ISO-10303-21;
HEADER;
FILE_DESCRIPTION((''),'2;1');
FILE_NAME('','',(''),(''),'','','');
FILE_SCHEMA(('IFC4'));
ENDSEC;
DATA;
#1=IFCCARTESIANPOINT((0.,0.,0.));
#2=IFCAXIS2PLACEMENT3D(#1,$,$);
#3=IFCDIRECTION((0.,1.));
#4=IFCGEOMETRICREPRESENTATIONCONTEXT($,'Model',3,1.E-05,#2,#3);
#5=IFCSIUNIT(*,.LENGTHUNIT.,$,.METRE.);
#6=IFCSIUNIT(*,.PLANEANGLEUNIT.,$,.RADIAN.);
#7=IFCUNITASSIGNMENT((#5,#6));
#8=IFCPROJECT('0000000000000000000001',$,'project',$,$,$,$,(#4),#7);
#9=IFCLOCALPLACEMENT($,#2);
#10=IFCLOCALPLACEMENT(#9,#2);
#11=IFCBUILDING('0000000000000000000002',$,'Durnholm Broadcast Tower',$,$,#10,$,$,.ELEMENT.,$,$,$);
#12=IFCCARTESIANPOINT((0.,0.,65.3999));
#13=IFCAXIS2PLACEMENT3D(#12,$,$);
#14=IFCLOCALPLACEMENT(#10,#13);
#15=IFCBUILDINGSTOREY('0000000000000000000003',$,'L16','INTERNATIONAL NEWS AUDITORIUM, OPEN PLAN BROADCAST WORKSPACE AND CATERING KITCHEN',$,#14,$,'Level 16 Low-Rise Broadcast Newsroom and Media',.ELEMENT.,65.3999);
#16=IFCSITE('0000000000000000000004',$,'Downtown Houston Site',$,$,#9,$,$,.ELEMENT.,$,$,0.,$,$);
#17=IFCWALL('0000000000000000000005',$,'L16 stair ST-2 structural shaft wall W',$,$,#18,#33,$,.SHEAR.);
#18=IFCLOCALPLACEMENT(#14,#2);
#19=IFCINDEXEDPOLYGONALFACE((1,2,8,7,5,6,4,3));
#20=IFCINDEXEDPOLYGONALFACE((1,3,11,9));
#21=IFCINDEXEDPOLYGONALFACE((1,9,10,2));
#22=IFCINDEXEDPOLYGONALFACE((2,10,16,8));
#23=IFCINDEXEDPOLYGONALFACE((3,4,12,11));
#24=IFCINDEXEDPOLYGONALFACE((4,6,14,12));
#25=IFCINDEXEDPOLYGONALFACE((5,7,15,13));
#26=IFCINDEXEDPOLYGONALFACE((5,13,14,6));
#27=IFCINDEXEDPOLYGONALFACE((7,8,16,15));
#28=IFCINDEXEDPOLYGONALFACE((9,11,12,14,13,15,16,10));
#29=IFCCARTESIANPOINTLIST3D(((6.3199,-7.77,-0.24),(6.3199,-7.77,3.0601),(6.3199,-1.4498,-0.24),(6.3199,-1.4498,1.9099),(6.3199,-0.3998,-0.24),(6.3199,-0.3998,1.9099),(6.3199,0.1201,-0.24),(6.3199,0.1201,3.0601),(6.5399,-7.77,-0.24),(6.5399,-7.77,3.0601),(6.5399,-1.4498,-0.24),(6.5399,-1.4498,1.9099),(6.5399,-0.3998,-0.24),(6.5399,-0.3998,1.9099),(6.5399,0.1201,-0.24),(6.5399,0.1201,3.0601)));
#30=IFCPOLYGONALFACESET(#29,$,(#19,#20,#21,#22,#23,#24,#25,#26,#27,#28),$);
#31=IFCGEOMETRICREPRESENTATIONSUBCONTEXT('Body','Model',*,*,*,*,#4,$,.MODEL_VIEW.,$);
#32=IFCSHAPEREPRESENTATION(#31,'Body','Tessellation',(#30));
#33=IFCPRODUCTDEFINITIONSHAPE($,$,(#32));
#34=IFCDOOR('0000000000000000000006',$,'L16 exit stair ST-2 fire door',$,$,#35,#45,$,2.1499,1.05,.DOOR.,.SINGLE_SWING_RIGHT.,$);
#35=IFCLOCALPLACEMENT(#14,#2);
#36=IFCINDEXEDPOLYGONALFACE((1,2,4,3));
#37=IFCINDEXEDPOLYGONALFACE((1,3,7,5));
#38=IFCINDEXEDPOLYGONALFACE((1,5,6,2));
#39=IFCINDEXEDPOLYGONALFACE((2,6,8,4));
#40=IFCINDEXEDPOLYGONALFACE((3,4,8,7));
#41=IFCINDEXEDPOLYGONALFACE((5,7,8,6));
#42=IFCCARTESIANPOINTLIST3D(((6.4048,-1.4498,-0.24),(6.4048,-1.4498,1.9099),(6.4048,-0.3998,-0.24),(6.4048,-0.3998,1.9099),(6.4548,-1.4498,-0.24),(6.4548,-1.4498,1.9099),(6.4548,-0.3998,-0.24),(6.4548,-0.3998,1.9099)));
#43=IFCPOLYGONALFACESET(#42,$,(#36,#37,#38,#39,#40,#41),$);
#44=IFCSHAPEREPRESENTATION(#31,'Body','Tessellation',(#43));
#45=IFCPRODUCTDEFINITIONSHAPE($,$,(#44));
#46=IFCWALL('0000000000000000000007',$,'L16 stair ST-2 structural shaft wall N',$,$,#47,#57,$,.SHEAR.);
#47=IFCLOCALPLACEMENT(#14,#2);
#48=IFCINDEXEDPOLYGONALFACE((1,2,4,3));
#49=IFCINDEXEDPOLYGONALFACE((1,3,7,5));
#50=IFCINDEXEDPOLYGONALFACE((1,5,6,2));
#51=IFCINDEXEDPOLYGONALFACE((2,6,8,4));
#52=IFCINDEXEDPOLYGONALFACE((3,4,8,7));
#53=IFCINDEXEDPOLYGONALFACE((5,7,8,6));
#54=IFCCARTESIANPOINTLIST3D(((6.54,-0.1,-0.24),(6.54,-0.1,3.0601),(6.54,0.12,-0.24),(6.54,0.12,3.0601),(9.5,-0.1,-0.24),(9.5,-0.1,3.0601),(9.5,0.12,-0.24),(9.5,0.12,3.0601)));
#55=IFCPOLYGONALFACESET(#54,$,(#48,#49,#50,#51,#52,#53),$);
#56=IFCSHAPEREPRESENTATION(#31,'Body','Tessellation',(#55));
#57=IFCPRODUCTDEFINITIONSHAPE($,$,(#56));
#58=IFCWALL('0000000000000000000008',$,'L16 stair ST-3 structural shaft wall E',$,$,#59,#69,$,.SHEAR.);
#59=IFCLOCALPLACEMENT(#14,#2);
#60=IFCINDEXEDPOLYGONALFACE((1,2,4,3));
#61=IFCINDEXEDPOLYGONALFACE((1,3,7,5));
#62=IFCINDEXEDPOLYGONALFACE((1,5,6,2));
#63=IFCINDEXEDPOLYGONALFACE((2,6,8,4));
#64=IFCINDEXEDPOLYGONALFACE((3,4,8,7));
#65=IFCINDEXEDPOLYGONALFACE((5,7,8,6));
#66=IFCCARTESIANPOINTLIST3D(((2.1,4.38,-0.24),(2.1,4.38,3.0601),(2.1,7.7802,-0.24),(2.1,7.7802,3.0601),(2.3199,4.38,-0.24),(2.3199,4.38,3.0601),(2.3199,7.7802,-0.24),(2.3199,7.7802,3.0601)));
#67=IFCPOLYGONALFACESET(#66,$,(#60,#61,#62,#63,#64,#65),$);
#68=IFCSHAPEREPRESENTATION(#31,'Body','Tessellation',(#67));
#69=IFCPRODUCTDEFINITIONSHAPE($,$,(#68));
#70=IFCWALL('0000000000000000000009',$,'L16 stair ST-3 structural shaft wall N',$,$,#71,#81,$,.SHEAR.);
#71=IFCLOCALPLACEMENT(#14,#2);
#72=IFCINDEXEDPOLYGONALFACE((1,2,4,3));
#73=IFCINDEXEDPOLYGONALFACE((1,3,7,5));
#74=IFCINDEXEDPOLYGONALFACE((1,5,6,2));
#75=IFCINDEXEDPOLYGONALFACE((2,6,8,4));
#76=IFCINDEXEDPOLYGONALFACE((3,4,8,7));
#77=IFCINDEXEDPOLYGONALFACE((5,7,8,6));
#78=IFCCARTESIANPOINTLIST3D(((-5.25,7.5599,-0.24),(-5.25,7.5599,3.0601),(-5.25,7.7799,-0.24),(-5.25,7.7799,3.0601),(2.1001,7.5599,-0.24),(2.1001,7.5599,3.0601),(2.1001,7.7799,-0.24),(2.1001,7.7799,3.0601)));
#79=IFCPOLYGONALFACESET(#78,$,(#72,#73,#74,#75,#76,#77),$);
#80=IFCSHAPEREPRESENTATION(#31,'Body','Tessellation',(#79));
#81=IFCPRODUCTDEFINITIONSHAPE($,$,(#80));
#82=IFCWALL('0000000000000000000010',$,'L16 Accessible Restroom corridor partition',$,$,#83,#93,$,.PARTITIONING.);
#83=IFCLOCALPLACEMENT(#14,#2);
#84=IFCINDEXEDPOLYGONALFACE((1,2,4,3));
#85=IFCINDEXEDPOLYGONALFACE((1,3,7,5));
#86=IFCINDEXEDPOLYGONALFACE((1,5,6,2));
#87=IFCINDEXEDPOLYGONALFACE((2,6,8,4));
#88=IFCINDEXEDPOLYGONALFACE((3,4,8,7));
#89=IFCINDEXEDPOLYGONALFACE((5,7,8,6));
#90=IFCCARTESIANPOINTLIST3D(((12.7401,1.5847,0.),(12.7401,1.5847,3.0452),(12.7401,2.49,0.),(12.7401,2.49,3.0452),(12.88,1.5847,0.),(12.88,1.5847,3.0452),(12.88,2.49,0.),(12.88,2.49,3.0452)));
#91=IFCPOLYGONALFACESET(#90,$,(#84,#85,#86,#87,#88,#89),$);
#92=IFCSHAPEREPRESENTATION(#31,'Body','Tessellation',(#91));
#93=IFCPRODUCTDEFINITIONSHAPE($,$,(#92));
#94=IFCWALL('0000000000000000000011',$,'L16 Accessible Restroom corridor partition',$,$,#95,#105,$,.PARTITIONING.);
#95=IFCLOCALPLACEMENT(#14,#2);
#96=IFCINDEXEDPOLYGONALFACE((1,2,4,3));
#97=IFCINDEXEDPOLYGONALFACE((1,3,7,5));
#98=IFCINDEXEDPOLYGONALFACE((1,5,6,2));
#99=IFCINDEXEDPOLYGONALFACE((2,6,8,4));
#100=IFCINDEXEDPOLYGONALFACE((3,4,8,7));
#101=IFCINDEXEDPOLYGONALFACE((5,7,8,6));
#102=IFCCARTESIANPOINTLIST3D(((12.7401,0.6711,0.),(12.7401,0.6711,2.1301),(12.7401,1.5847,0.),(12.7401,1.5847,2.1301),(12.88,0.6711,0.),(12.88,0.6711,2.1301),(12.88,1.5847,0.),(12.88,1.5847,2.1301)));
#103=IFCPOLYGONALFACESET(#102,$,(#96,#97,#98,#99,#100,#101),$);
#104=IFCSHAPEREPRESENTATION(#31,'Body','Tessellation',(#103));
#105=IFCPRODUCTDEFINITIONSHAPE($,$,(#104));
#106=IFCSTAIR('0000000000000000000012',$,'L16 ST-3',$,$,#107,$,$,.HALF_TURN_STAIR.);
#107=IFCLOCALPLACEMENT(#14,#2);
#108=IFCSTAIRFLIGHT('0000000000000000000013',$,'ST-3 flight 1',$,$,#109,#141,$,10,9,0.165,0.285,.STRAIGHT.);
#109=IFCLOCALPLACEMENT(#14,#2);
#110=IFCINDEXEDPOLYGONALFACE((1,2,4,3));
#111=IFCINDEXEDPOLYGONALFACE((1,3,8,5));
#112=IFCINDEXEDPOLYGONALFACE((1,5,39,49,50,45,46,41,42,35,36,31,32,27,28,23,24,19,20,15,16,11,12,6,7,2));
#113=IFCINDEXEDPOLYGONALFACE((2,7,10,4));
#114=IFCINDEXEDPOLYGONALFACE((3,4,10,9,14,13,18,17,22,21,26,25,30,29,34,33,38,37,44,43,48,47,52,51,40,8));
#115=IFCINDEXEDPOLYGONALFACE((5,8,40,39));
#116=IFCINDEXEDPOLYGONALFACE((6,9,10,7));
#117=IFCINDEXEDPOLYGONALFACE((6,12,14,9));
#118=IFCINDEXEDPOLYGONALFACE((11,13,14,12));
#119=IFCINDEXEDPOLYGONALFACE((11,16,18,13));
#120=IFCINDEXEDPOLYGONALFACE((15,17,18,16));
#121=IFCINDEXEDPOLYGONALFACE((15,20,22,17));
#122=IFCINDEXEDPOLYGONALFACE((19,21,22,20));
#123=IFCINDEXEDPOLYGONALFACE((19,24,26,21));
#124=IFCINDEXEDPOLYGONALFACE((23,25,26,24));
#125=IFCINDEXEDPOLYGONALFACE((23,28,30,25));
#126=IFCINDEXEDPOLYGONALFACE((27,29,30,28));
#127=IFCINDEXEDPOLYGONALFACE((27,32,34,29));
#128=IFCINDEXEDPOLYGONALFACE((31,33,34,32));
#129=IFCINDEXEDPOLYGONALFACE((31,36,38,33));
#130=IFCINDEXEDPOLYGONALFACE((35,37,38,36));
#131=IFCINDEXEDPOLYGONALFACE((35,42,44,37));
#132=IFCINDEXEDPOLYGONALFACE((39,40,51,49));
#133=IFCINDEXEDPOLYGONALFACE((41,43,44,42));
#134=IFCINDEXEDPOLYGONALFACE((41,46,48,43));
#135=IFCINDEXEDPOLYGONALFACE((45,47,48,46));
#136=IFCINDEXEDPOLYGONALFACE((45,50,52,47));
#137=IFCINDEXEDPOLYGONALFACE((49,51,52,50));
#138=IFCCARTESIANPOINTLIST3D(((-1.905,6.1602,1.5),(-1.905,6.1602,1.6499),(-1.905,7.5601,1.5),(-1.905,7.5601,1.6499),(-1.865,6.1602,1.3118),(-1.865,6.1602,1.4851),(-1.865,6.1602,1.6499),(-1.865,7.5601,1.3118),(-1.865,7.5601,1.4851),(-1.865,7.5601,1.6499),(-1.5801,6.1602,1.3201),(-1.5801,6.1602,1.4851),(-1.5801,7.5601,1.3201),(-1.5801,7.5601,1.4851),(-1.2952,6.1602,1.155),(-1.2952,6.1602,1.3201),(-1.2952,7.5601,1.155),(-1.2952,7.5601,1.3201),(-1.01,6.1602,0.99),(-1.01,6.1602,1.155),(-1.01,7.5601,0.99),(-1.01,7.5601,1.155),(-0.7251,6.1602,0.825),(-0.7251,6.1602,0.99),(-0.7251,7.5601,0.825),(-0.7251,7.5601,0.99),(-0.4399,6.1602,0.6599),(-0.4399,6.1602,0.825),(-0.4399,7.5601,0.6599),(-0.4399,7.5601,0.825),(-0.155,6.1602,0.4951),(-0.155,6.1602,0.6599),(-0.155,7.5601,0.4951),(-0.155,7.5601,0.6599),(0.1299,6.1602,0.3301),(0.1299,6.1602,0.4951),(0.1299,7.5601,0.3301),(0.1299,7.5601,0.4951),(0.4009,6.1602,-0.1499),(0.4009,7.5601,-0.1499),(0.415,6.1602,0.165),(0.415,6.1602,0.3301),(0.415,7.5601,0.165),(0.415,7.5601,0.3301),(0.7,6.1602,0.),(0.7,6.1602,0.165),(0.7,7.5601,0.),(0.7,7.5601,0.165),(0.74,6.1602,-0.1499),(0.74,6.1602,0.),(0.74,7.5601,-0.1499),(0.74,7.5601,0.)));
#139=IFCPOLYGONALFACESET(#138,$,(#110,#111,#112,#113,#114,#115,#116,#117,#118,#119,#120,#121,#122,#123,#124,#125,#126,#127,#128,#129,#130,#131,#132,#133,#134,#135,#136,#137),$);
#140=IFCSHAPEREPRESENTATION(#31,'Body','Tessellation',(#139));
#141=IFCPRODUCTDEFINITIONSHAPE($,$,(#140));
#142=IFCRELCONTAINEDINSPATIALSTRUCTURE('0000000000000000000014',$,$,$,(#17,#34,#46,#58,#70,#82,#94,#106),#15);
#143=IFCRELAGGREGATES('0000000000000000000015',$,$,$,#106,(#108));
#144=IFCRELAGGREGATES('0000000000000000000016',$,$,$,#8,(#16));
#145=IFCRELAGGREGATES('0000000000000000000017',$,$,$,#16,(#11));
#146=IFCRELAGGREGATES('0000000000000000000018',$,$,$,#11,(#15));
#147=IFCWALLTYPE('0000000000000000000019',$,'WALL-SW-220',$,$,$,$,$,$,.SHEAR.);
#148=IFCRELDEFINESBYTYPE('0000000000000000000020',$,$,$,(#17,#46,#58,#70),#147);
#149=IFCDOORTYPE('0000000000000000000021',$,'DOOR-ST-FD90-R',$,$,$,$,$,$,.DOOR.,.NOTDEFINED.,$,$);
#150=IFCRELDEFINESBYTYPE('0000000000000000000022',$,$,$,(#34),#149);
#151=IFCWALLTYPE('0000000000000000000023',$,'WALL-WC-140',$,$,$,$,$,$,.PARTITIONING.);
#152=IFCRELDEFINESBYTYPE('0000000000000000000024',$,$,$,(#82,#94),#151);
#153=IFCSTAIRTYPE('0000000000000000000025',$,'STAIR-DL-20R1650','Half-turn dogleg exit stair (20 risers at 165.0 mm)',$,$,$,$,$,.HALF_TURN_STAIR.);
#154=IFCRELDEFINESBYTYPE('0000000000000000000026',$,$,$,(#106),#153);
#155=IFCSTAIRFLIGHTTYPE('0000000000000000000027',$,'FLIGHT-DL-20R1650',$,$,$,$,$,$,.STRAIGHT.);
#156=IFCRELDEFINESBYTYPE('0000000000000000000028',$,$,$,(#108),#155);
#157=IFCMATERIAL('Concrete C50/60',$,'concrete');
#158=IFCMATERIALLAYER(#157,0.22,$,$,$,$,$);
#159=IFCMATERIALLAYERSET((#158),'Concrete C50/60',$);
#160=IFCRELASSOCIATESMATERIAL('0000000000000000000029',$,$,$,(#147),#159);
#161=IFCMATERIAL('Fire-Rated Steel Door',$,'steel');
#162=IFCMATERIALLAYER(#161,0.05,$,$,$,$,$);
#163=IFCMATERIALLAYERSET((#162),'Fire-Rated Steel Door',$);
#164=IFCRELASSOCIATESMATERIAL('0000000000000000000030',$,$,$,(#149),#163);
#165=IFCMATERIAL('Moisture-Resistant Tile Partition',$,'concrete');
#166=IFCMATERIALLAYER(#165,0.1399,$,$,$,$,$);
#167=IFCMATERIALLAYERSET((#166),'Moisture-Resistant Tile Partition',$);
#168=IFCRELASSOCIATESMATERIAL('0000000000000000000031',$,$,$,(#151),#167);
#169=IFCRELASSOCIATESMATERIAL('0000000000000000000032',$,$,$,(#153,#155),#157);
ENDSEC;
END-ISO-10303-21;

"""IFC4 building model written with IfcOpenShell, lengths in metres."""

from ifc_helpers import new_model, si_unit, direction, frame, frame_2d, origin, place, context, subcontext, project, spatial, polyline, rectangle, outline, extrude, source, transform, mapped, material, layer, layer_set, type_object, type_shapes, element, fill, aggregate, save


model = new_model("IFC4")

# Units and contexts
model_context = context("Model", 3, precision=1e-05, world=origin(), true_north=direction((0.0, 1.0)))
body_context = subcontext(model_context, "Body", "Model", "MODEL_VIEW")
ifc_project = project(units=[si_unit("LENGTHUNIT", "METRE"), si_unit("PLANEANGLEUNIT", "RADIAN")], contexts=[model_context])

# Site, building, storey
site_placement = place(None, origin())
site = spatial("IfcSite", under=ifc_project, at=site_placement, Name="Downtown Houston Site", CompositionType="ELEMENT", RefElevation=0.0)
building_placement = place(site_placement, origin())
building = spatial("IfcBuilding", under=site, at=building_placement, Name="Durnholm Broadcast Tower", CompositionType="ELEMENT")
storey_placement = place(building_placement, frame((0.0, 0.0, 65.3999)))
storey = spatial("IfcBuildingStorey", under=building, at=storey_placement, Name="L16", Description="INTERNATIONAL NEWS AUDITORIUM, OPEN PLAN BROADCAST WORKSPACE AND CATERING KITCHEN", LongName="Level 16 Low-Rise Broadcast Newsroom and Media", CompositionType="ELEMENT", Elevation=65.3999)

# Wall, opening, door
ifc_material_1 = material(Name="Concrete C50/60", Category="concrete")
ifc_layer_1 = layer(ifc_material_1, 0.22)
ifc_layer_set_1 = layer_set([ifc_layer_1], Name="Concrete C50/60")
wall_type_1 = type_object("IfcWallType", Name="WALL-SW-220", PredefinedType="SHEAR", material=ifc_layer_set_1)
wall_1_placement = place(storey_placement, frame((6.4299, 0.1201, -0.24), z_axis=(0.0, 0.0, 1.0), x_axis=(0.0, -1.0, 0.0)))
wall_1 = element("IfcWall", 1, at=wall_1_placement, inside=storey, type_object=wall_type_1, Name="L16 stair ST-2 structural shaft wall W", PredefinedType="SHEAR", context=body_context, shape_type="SweptSolid", body=[
    extrude(rectangle(XDim=7.8901, YDim=0.22, at=frame_2d((3.9451, 0.0))), origin(), (0.0, 0.0, 1.0), 3.3),
])
opening_1_placement = place(wall_1_placement, frame((0.52, 0.0, 0.0)))
opening_1 = element("IfcOpeningElement", 2, at=opening_1_placement, cuts=wall_1, PredefinedType="OPENING", context=body_context, shape_type="SweptSolid", body=[
    extrude(rectangle(XDim=1.05, YDim=2.1499, at=frame_2d((0.5249, 1.075))), frame((0.0, 0.1201, 0.0), z_axis=(0.0, -1.0, 0.0), x_axis=(1.0, 0.0, 0.0)), (0.0, 0.0, 1.0), 0.24),
])
ifc_material_2 = material(Name="Fire-Rated Steel Door", Category="steel")
ifc_layer_2 = layer(ifc_material_2, 0.05)
ifc_layer_set_2 = layer_set([ifc_layer_2], Name="Fire-Rated Steel Door")
door_type_1 = type_object("IfcDoorType", Name="DOOR-ST-FD90-R", OperationType="NOTDEFINED", PredefinedType="DOOR", material=ifc_layer_set_2)
shared_shape_1 = source(origin(), body_context, "Body", "SweptSolid", [
    extrude(rectangle(XDim=1.05, YDim=2.1499, at=frame_2d((0.5249, 1.075))), frame((0.0, 0.0249, 0.0), z_axis=(0.0, -1.0, 0.0), x_axis=(1.0, 0.0, 0.0)), (0.0, 0.0, 1.0), 0.05),
])
type_shapes(door_type_1, [shared_shape_1])
door_1_placement = place(opening_1_placement, origin())
door_1 = element("IfcDoor", 3, at=door_1_placement, inside=storey, type_object=door_type_1, Name="L16 exit stair ST-2 fire door", OperationType="SINGLE_SWING_RIGHT", OverallHeight=2.1499, OverallWidth=1.05, PredefinedType="DOOR", context=body_context, shape_type="MappedRepresentation", body=[
    mapped(shared_shape_1, transform((0.0, 0.0, 0.0), x_axis=(1.0, 0.0, 0.0), y_axis=(0.0, 1.0, 0.0), z_axis=(0.0, 0.0, 1.0), scale=1.0)),
])
fill(opening_1, door_1)

# Walls
wall_2_placement = place(storey_placement, frame((9.5, 0.01, -0.24), z_axis=(0.0, 0.0, 1.0), x_axis=(-1.0, 0.0, 0.0)))
element("IfcWall", 4, at=wall_2_placement, inside=storey, type_object=wall_type_1, Name="L16 stair ST-2 structural shaft wall N", PredefinedType="SHEAR", context=body_context, shape_type="SweptSolid", body=[
    extrude(rectangle(XDim=2.96, YDim=0.22, at=frame_2d((1.48, 0.0))), origin(), (0.0, 0.0, 1.0), 3.3),
])
wall_3_placement = place(storey_placement, frame((2.21, 4.3799, -0.24), z_axis=(0.0, 0.0, 1.0), x_axis=(0.0, 1.0, 0.0)))
element("IfcWall", 5, at=wall_3_placement, inside=storey, type_object=wall_type_1, Name="L16 stair ST-3 structural shaft wall E", PredefinedType="SHEAR", context=body_context, shape_type="SweptSolid", body=[
    extrude(rectangle(XDim=3.4001, YDim=0.22, at=frame_2d((1.7002, 0.0))), origin(), (0.0, 0.0, 1.0), 3.3),
])
wall_4_placement = place(storey_placement, frame((2.1001, 7.6699, -0.24), z_axis=(0.0, 0.0, 1.0), x_axis=(-1.0, 0.0, 0.0)))
element("IfcWall", 6, at=wall_4_placement, inside=storey, type_object=wall_type_1, Name="L16 stair ST-3 structural shaft wall N", PredefinedType="SHEAR", context=body_context, shape_type="SweptSolid", body=[
    extrude(rectangle(XDim=7.3501, YDim=0.22, at=frame_2d((3.675, 0.0))), origin(), (0.0, 0.0, 1.0), 3.3),
])
ifc_material_3 = material(Name="Moisture-Resistant Tile Partition", Category="concrete")
ifc_layer_3 = layer(ifc_material_3, 0.1399)
ifc_layer_set_3 = layer_set([ifc_layer_3], Name="Moisture-Resistant Tile Partition")
wall_type_2 = type_object("IfcWallType", Name="WALL-WC-140", PredefinedType="PARTITIONING", material=ifc_layer_set_3)
wall_5_placement = place(storey_placement, frame((12.8101, 1.5847, 0.0), z_axis=(0.0, 0.0, 1.0), x_axis=(0.0, 1.0, 0.0)))
element("IfcWall", 7, at=wall_5_placement, inside=storey, type_object=wall_type_2, Name="L16 Accessible Restroom corridor partition", PredefinedType="PARTITIONING", context=body_context, shape_type="SweptSolid", body=[
    extrude(rectangle(XDim=0.9053, YDim=0.1399, at=frame_2d((0.4526, 0.0))), origin(), (0.0, 0.0, 1.0), 3.0452),
])
wall_6_placement = place(storey_placement, frame((12.8101, 0.6711, 0.0), z_axis=(0.0, 0.0, 1.0), x_axis=(0.0, 1.0, 0.0)))
element("IfcWall", 8, at=wall_6_placement, inside=storey, type_object=wall_type_2, Name="L16 Accessible Restroom corridor partition", PredefinedType="PARTITIONING", context=body_context, shape_type="SweptSolid", body=[
    extrude(rectangle(XDim=0.9136, YDim=0.1399, at=frame_2d((0.4568, 0.0))), origin(), (0.0, 0.0, 1.0), 2.1301),
])

# Stair, stair flight
stair_type = type_object("IfcStairType", Name="STAIR-DL-20R1650", Description="Half-turn dogleg exit stair (20 risers at 165.0 mm)", PredefinedType="HALF_TURN_STAIR", material=ifc_material_1)
stair_placement = place(storey_placement, origin())
stair = element("IfcStair", 9, at=stair_placement, inside=storey, type_object=stair_type, Name="L16 ST-3", PredefinedType="HALF_TURN_STAIR")
stair_flight_type = type_object("IfcStairFlightType", Name="FLIGHT-DL-20R1650", PredefinedType="STRAIGHT", material=ifc_material_1)
stair_flight_placement = place(storey_placement, frame((0.7, 6.8601, 0.0), z_axis=(0.0, 0.0, 1.0), x_axis=(-1.0, 0.0, 0.0)))
stair_flight = element("IfcStairFlight", 10, at=stair_flight_placement, type_object=stair_flight_type, Name="ST-3 flight 1", NumberOfRisers=10, NumberOfTreads=9, PredefinedType="STRAIGHT", RiserHeight=0.165, TreadLength=0.285, context=body_context, shape_type="SweptSolid", body=[
    extrude(outline(polyline([(-0.04, -0.1499), (-0.04, 0.0), (0.0, 0.0), (0.0, 0.165), (0.2849, 0.165), (0.2849, 0.3301), (0.5701, 0.3301), (0.5701, 0.4951), (0.855, 0.4951), (0.855, 0.6599), (1.1399, 0.6599), (1.1399, 0.825), (1.425, 0.825), (1.425, 0.99), (1.71, 0.99), (1.71, 1.155), (1.9951, 1.155), (1.9951, 1.3201), (2.28, 1.3201), (2.28, 1.4851), (2.5649, 1.4851), (2.5649, 1.6499), (2.605, 1.6499), (2.605, 1.5), (2.5649, 1.3118), (0.2991, -0.1499), (-0.04, -0.1499)])), frame((0.0, 0.7, 0.0), z_axis=(0.0, -1.0, 0.0), x_axis=(1.0, 0.0, 0.0)), (0.0, 0.0, 1.0), 1.3999),
])
aggregate(stair, [stair_flight])

save(model, "model.ifc")
